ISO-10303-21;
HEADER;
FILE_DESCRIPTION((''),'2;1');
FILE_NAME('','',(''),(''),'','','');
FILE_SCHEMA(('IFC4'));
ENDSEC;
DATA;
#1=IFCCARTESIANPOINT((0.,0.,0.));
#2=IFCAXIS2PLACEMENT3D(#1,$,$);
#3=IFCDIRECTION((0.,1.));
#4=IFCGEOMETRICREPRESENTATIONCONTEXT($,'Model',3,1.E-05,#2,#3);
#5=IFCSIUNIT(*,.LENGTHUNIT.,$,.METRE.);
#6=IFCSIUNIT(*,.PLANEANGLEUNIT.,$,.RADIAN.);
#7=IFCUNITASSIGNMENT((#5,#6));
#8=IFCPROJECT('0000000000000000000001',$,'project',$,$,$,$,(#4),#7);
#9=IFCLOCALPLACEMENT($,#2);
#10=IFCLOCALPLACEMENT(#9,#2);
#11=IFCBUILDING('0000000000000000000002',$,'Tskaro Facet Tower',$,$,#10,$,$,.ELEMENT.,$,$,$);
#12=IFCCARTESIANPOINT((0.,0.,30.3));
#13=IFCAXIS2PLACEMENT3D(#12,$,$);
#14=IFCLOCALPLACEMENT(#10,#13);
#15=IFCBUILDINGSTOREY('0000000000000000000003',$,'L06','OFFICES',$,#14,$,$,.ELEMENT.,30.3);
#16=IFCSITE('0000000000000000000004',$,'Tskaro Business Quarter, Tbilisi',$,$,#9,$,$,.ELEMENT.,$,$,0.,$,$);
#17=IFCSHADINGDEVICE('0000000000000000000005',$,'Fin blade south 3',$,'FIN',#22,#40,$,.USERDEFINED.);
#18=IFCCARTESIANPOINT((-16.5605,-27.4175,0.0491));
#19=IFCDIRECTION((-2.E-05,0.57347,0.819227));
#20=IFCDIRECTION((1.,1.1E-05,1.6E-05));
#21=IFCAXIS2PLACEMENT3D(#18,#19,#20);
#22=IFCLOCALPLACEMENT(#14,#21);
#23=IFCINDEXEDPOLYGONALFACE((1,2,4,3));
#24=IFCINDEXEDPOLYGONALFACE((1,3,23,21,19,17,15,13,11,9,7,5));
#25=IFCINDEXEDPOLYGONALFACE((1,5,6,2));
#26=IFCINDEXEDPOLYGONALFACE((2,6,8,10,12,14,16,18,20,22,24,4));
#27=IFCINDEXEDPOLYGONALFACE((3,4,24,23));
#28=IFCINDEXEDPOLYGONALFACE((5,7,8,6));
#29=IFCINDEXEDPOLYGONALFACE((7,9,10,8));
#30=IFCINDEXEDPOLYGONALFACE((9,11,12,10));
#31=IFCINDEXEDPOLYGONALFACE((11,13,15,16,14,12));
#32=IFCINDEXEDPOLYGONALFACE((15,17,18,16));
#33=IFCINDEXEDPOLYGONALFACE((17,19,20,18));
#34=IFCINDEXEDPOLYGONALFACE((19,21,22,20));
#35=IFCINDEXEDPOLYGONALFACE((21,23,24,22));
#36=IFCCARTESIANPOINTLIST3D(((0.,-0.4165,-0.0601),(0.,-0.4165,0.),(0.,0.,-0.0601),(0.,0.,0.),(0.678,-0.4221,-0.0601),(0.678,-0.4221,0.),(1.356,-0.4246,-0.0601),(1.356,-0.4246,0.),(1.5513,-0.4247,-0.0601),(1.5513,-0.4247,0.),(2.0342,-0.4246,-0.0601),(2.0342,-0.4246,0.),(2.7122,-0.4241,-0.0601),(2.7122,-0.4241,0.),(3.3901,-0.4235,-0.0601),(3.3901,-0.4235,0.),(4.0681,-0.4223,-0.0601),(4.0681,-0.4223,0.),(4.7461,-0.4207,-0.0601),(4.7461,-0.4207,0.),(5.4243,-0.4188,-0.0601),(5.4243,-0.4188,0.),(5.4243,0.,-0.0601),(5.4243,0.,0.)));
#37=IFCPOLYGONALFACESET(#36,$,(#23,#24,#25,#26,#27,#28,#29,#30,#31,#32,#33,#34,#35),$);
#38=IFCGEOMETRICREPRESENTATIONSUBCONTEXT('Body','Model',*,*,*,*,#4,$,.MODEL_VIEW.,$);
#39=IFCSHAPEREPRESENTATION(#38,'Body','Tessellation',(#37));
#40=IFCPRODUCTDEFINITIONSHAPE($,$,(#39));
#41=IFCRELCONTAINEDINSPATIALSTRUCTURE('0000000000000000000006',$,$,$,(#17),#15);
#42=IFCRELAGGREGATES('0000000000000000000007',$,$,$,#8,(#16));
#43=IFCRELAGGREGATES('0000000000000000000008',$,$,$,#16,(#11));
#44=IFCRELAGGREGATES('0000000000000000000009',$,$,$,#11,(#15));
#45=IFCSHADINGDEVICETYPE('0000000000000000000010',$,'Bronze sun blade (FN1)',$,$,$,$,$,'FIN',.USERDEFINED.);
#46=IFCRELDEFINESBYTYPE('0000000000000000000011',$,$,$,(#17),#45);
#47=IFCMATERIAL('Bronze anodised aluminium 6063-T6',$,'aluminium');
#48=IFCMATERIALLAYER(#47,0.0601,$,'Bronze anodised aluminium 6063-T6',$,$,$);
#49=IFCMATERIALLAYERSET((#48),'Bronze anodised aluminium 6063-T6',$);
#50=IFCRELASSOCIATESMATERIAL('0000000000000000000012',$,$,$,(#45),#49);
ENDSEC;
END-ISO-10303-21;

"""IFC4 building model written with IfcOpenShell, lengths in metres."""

from ifc_helpers import new_model, si_unit, direction, frame, origin, place, context, subcontext, project, spatial, polyline, outline, extrude, material, layer, layer_set, type_object, element, save


model = new_model("IFC4")

# Units and contexts
model_context = context("Model", 3, precision=1e-05, world=origin(), true_north=direction((0.0, 1.0)))
body_context = subcontext(model_context, "Body", "Model", "MODEL_VIEW")
ifc_project = project(units=[si_unit("LENGTHUNIT", "METRE"), si_unit("PLANEANGLEUNIT", "RADIAN")], contexts=[model_context])

# Site, building, storey
site_placement = place(None, origin())
site = spatial("IfcSite", under=ifc_project, at=site_placement, Name="Tskaro Business Quarter, Tbilisi", CompositionType="ELEMENT", RefElevation=0.0)
building_placement = place(site_placement, origin())
building = spatial("IfcBuilding", under=site, at=building_placement, Name="Tskaro Facet Tower", CompositionType="ELEMENT")
storey_placement = place(building_placement, frame((0.0, 0.0, 30.3)))
storey = spatial("IfcBuildingStorey", under=building, at=storey_placement, Name="L06", Description="OFFICES", CompositionType="ELEMENT", Elevation=30.3)

# Shared definitions
ifc_material_1 = material(Name="Bronze anodised aluminium 6063-T6", Category="aluminium")

# Shading device
ifc_layer_1 = layer(ifc_material_1, 0.0601, Name="Bronze anodised aluminium 6063-T6")
ifc_layer_set_1 = layer_set([ifc_layer_1], Name="Bronze anodised aluminium 6063-T6")
shading_device_type = type_object("IfcShadingDeviceType", Name="Bronze sun blade (FN1)", ElementType="FIN", PredefinedType="USERDEFINED", material=ifc_layer_set_1)
shading_device_1_placement = place(storey_placement, frame((-16.5605, -27.4175, 0.0491), z_axis=(-0.00002, 0.57347, 0.819227), x_axis=(1.0, 0.000011, 0.000016)))
element("IfcShadingDevice", 1, at=shading_device_1_placement, inside=storey, type_object=shading_device_type, Name="Fin blade south 3", ObjectType="FIN", PredefinedType="USERDEFINED", context=body_context, shape_type="SweptSolid", body=[
    extrude(outline(polyline([(0.0, 0.0), (5.4243, 0.0), (5.4243, -0.4188), (4.7461, -0.4207), (4.0681, -0.4223), (3.3901, -0.4235), (2.7122, -0.4241), (2.0342, -0.4246), (1.5513, -0.4247), (1.356, -0.4246), (0.678, -0.4221), (0.0, -0.4165), (0.0, 0.0)])), origin(), (0.0, 0.0, -1.0), 0.0601),
])

save(model, "model.ifc")
